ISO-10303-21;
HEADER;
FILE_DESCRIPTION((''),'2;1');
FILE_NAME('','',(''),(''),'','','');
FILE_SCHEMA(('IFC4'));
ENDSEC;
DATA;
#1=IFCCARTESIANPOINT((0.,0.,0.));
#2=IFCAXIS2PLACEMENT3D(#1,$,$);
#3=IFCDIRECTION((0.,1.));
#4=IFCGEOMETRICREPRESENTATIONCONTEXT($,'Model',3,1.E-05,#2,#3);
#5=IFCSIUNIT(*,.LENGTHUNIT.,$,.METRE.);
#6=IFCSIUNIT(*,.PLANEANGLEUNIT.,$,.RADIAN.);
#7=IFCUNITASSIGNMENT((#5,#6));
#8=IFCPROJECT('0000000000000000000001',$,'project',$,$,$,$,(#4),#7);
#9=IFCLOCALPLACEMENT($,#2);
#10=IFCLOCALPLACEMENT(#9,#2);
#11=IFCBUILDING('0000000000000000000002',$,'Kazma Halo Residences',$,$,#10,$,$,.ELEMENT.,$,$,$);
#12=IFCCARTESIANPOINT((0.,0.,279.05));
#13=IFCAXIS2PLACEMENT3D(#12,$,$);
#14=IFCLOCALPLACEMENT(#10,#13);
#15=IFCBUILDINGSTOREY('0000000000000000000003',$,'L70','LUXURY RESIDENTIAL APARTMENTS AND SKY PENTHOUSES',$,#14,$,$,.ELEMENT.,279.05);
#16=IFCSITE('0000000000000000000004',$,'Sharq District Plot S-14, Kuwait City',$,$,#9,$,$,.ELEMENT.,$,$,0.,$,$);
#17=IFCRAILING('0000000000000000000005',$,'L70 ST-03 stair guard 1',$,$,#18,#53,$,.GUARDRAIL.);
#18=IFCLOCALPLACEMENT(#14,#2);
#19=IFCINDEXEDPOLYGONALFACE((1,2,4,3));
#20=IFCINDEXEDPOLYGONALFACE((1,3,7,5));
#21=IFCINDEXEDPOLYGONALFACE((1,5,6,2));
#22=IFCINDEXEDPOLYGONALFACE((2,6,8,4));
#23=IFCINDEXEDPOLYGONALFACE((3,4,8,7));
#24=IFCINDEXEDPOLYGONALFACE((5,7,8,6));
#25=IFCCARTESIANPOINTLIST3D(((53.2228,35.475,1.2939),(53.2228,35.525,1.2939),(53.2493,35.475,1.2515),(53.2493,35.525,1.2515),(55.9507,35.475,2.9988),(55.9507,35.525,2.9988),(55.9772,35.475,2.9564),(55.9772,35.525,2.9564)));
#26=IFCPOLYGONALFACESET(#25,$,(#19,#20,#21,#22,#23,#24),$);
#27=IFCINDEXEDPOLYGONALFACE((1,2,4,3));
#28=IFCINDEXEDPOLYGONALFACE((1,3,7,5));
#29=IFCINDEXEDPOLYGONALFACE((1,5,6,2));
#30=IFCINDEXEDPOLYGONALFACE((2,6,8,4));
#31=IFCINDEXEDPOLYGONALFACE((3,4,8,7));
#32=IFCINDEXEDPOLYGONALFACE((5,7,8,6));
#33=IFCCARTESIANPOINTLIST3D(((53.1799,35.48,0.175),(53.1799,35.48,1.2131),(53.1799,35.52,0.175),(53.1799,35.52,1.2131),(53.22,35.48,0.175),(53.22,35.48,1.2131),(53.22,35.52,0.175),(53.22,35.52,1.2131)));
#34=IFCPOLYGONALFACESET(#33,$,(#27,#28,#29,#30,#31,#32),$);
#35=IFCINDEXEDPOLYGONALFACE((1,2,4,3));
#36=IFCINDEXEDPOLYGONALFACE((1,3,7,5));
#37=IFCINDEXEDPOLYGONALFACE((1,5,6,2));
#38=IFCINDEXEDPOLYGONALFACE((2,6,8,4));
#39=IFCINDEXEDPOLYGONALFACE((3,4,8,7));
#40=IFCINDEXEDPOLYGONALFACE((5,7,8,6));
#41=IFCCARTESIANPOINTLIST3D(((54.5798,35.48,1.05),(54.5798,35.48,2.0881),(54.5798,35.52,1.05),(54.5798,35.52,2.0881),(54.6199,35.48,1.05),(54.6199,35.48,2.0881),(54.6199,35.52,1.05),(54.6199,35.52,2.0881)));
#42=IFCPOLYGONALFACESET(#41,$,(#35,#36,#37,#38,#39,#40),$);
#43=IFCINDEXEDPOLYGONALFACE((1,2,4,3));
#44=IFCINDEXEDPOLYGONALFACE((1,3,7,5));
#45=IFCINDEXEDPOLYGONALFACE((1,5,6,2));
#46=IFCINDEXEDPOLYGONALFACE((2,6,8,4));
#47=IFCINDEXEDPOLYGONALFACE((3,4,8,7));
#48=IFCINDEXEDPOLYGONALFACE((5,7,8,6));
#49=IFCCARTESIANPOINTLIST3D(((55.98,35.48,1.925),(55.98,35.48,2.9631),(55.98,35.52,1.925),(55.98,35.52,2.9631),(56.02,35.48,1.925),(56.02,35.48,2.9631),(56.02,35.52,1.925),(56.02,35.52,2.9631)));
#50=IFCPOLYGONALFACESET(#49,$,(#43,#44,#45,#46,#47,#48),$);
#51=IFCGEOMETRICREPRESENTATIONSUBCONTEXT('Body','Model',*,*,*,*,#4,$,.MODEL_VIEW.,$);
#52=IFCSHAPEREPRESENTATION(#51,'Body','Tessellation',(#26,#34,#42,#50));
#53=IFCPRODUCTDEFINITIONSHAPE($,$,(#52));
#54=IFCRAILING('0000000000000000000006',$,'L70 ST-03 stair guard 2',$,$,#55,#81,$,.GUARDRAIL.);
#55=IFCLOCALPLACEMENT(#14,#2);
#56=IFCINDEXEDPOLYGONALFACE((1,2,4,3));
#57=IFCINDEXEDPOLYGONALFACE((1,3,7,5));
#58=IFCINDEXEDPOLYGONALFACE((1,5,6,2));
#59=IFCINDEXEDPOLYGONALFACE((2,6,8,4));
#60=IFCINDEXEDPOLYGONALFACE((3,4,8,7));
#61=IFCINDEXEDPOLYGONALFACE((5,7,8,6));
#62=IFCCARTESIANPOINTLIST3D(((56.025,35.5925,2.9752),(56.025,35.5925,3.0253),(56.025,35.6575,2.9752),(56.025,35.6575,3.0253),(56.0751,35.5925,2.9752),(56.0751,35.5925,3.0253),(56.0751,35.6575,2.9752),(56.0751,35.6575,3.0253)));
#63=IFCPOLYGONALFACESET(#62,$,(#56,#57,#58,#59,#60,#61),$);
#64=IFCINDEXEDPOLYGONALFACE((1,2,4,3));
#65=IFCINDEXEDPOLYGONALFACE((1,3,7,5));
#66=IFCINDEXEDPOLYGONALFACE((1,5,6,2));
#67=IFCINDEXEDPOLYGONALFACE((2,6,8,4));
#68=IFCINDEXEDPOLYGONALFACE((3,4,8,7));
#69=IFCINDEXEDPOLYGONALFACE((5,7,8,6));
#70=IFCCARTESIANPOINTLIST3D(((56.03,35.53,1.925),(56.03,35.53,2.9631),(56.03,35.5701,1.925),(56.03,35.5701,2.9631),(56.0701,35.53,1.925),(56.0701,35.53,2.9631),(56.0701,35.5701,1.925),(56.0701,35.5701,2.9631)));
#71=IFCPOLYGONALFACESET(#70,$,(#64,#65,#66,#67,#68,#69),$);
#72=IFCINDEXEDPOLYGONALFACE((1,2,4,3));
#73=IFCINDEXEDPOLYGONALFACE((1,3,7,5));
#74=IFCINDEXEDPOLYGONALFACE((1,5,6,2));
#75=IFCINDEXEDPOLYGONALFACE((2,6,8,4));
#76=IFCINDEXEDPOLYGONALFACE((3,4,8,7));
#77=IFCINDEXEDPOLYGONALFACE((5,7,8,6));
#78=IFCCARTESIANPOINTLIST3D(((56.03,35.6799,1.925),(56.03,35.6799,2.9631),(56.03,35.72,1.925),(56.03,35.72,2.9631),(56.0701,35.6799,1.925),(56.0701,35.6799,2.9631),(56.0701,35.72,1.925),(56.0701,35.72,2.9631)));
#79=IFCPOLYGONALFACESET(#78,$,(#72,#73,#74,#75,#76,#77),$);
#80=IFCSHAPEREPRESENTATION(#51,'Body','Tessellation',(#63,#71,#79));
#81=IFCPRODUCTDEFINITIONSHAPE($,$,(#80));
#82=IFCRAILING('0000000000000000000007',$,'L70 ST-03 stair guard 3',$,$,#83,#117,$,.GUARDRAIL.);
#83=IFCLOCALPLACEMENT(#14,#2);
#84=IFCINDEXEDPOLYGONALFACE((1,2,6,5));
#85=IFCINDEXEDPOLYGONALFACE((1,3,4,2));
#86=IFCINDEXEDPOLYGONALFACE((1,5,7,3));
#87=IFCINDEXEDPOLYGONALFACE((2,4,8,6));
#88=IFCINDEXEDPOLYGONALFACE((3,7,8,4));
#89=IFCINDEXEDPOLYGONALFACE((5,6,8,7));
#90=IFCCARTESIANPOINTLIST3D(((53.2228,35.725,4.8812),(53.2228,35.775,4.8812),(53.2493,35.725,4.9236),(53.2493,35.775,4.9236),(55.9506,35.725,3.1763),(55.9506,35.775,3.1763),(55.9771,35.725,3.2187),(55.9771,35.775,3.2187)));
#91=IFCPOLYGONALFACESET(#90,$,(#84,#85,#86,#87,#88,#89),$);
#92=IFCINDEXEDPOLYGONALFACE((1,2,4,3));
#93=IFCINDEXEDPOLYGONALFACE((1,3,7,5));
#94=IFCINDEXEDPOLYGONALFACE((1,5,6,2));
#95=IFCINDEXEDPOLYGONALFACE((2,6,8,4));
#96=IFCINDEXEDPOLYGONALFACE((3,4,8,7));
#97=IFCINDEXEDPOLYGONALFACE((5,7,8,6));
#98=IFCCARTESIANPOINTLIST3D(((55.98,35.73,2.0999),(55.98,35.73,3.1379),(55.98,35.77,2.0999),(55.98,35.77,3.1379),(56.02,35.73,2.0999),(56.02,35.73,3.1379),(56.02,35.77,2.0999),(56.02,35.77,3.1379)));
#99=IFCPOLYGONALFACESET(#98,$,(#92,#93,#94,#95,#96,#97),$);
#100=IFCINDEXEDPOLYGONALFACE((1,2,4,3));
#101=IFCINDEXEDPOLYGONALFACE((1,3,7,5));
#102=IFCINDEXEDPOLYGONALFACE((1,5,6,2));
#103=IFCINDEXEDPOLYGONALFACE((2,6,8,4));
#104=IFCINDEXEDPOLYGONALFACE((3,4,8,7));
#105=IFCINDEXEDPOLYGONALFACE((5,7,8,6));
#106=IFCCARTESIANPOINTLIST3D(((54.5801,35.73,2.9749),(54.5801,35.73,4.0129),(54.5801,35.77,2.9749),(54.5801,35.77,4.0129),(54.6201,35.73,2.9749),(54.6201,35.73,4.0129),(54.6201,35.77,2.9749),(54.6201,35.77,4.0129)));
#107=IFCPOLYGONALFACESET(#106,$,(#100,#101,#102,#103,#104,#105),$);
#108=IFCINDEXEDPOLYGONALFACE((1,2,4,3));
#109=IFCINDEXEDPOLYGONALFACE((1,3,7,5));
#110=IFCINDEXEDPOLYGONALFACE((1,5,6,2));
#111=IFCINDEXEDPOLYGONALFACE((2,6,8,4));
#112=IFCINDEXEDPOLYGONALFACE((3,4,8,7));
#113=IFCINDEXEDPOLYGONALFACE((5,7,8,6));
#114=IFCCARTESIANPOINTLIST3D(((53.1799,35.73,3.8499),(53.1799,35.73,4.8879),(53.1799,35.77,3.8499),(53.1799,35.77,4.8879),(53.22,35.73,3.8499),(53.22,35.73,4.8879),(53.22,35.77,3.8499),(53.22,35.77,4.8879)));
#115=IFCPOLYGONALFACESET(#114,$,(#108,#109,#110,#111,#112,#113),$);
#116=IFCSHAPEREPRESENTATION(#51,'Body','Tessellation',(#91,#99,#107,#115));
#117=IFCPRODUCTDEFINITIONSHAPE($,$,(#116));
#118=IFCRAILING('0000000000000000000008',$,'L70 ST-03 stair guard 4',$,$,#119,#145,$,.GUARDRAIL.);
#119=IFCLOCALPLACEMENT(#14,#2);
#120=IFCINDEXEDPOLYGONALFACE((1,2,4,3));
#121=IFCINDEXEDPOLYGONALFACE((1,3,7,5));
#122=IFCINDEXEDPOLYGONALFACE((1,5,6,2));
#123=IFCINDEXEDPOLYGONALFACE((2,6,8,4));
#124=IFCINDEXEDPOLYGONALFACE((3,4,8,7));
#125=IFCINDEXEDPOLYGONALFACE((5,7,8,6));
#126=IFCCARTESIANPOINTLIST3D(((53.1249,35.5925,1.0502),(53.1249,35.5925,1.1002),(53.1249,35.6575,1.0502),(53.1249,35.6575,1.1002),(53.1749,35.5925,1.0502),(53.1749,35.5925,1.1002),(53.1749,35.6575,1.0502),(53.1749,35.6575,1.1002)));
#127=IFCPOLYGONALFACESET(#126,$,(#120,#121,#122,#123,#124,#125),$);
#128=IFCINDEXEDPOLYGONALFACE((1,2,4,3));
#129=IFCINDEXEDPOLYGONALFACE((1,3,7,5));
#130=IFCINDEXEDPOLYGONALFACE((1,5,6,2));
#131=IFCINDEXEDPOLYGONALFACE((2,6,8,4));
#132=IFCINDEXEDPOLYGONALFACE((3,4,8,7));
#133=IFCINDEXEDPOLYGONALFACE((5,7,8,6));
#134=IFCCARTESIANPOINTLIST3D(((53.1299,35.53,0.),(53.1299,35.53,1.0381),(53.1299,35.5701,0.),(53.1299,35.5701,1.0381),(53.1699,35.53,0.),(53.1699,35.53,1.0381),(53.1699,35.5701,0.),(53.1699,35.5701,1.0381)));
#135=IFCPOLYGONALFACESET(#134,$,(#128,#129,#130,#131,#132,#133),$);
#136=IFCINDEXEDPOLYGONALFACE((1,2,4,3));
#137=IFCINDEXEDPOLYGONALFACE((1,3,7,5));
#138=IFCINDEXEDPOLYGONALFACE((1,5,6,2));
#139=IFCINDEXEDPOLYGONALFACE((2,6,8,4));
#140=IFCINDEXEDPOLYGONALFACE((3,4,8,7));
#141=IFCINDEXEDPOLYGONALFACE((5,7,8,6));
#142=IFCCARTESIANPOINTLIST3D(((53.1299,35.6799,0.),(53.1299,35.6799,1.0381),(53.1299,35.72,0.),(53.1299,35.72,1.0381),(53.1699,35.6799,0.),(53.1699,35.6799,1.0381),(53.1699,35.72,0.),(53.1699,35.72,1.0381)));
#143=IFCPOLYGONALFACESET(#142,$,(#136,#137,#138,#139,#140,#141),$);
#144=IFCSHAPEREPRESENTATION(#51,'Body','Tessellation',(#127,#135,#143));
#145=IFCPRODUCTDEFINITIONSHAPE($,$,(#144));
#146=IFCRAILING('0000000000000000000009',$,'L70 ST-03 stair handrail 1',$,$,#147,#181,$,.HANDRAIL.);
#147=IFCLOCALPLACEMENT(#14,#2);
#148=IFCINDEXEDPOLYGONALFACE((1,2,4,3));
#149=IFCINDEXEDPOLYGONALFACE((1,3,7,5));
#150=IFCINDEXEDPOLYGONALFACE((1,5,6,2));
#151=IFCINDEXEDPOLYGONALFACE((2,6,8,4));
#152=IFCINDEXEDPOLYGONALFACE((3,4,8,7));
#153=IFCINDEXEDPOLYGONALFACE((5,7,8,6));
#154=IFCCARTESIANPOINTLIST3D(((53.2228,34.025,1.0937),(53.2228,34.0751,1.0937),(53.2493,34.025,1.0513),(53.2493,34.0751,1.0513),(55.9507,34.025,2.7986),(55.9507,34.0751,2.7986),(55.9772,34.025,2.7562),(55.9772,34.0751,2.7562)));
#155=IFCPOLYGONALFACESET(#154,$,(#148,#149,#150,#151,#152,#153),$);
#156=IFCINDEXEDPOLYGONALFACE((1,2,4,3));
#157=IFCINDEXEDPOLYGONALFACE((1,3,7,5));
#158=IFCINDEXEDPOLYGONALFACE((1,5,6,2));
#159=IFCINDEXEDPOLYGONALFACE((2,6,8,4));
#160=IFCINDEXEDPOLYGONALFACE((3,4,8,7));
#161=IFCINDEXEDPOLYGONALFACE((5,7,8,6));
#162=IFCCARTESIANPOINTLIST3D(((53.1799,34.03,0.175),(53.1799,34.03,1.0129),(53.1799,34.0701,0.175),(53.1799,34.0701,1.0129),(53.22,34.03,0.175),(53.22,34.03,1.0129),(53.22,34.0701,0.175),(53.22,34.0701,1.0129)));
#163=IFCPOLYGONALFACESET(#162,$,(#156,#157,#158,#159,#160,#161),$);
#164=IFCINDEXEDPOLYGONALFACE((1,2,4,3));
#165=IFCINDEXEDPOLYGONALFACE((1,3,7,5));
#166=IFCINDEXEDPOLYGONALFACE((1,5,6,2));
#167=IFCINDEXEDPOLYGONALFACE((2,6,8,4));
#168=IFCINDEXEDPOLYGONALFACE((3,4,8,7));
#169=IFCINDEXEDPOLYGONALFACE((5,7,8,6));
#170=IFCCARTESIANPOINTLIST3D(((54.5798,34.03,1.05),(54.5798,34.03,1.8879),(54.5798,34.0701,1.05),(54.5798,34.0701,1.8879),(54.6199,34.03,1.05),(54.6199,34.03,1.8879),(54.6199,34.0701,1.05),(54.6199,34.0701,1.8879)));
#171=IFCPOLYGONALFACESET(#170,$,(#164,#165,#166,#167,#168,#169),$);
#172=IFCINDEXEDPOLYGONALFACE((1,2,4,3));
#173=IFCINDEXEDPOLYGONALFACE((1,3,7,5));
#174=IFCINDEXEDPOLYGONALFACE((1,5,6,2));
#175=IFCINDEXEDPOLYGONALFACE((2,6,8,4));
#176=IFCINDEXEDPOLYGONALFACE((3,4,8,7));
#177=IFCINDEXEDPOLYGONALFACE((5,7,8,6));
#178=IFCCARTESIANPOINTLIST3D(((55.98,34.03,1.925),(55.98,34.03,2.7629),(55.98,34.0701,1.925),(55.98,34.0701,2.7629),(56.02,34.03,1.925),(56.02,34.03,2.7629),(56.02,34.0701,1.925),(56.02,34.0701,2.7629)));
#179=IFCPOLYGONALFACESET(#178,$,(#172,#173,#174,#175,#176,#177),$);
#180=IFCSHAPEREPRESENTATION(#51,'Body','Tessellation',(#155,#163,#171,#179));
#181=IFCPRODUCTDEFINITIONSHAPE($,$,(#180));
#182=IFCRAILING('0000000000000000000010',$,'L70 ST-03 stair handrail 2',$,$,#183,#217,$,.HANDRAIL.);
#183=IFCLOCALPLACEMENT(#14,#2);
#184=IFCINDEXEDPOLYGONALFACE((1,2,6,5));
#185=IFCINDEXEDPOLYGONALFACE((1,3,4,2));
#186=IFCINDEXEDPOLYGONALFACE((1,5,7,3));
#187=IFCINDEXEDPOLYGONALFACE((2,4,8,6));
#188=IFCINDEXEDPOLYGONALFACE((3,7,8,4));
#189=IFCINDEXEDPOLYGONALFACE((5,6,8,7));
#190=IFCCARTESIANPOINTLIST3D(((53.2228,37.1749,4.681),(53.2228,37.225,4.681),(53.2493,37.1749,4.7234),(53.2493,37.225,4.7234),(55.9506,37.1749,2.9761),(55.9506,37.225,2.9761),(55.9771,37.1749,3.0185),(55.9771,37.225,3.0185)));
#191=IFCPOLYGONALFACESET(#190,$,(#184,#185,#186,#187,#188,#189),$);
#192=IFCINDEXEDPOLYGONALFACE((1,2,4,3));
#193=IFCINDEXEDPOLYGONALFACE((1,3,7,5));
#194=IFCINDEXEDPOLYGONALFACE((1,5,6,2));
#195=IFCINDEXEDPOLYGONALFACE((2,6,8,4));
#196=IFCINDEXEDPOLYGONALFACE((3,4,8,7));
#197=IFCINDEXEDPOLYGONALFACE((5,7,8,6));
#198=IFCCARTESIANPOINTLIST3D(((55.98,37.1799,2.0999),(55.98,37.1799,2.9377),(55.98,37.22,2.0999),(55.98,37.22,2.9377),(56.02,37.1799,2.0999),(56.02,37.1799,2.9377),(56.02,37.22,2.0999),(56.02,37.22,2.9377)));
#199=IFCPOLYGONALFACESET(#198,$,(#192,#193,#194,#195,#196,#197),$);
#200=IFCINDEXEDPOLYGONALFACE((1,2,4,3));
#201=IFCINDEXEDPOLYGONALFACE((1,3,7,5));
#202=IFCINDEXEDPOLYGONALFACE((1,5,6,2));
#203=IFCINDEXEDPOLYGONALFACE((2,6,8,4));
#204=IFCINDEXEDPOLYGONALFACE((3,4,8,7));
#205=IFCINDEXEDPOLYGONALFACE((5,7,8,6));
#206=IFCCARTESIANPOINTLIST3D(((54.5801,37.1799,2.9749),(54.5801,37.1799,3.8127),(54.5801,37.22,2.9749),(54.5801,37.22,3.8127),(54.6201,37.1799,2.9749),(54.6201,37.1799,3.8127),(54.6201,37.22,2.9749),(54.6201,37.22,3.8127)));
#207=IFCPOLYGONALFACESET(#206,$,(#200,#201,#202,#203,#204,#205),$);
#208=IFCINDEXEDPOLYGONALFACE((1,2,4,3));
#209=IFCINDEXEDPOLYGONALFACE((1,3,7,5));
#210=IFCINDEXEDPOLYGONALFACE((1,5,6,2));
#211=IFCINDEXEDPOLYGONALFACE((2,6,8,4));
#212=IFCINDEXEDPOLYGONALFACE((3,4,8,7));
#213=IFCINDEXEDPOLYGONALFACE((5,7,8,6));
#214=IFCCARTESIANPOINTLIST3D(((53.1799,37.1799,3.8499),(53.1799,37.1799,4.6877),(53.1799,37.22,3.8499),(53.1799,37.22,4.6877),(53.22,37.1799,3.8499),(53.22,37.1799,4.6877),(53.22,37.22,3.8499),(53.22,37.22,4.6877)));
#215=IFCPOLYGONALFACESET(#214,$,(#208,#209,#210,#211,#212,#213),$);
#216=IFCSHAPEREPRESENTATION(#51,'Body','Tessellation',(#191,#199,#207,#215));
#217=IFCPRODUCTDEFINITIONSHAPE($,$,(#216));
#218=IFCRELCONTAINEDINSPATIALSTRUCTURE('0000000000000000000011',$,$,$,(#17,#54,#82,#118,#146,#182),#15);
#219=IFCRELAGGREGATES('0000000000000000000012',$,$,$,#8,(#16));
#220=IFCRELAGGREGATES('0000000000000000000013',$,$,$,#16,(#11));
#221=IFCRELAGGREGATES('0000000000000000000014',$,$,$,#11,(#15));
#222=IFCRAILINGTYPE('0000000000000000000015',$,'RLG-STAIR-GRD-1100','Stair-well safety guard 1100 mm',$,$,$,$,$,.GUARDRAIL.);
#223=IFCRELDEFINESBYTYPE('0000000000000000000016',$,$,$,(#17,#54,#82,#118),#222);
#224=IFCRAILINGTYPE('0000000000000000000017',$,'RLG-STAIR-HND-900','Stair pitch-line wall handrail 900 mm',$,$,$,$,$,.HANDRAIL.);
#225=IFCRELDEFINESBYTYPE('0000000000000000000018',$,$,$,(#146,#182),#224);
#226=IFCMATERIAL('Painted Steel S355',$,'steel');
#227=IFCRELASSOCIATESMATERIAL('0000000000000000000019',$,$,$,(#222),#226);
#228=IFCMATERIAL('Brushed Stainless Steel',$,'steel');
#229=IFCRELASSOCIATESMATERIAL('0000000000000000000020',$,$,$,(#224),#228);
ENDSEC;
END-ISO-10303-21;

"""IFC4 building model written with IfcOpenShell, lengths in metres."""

from ifc_helpers import new_model, si_unit, direction, frame, origin, origin_2d, place, context, subcontext, project, spatial, rectangle, extrude, material, type_object, element, save


model = new_model("IFC4")

# Units and contexts
model_context = context("Model", 3, precision=1e-05, world=origin(), true_north=direction((0.0, 1.0)))
body_context = subcontext(model_context, "Body", "Model", "MODEL_VIEW")
ifc_project = project(units=[si_unit("LENGTHUNIT", "METRE"), si_unit("PLANEANGLEUNIT", "RADIAN")], contexts=[model_context])

# Site, building, storey
site_placement = place(None, origin())
site = spatial("IfcSite", under=ifc_project, at=site_placement, Name="Sharq District Plot S-14, Kuwait City", CompositionType="ELEMENT", RefElevation=0.0)
building_placement = place(site_placement, origin())
building = spatial("IfcBuilding", under=site, at=building_placement, Name="Kazma Halo Residences", CompositionType="ELEMENT")
storey_placement = place(building_placement, frame((0.0, 0.0, 279.05)))
storey = spatial("IfcBuildingStorey", under=building, at=storey_placement, Name="L70", Description="LUXURY RESIDENTIAL APARTMENTS AND SKY PENTHOUSES", CompositionType="ELEMENT", Elevation=279.05)

# Railings
ifc_material_1 = material(Name="Painted Steel S355", Category="steel")
railing_type_1 = type_object("IfcRailingType", Name="RLG-STAIR-GRD-1100", Description="Stair-well safety guard 1100 mm", PredefinedType="GUARDRAIL", material=ifc_material_1)
railing_1_placement = place(storey_placement, frame((53.2, 35.5, 0.175)))
element("IfcRailing", 1, at=railing_1_placement, inside=storey, type_object=railing_type_1, Name="L70 ST-03 stair guard 1", PredefinedType="GUARDRAIL", context=body_context, shape_type="SweptSolid", body=[
    extrude(rectangle(XDim=0.05, YDim=0.05, at=origin_2d()), frame((0.0361, 0.0, 1.0977), z_axis=(0.848002, 0.0, 0.529992), x_axis=(0.0, 1.0, 0.0)), (0.0, 0.0, 1.0), 3.2168),
    extrude(rectangle(XDim=0.04, YDim=0.04, at=origin_2d()), origin(), (0.0, 0.0, 1.0), 1.0381),
    extrude(rectangle(XDim=0.04, YDim=0.04, at=origin_2d()), frame((1.3999, 0.0, 0.875)), (0.0, 0.0, 1.0), 1.0381),
    extrude(rectangle(XDim=0.04, YDim=0.04, at=origin_2d()), frame((2.8, 0.0, 1.75)), (0.0, 0.0, 1.0), 1.0381),
])
railing_2_placement = place(storey_placement, frame((56.05, 35.55, 1.925)))
element("IfcRailing", 2, at=railing_2_placement, inside=storey, type_object=railing_type_1, Name="L70 ST-03 stair guard 2", PredefinedType="GUARDRAIL", context=body_context, shape_type="SweptSolid", body=[
    extrude(rectangle(XDim=0.05, YDim=0.05, at=origin_2d()), frame((0.0, 0.0425, 1.0752), z_axis=(0.0, 1.0, 0.0), x_axis=(-1.0, 0.0, 0.0)), (0.0, 0.0, 1.0), 0.0649),
    extrude(rectangle(XDim=0.04, YDim=0.04, at=origin_2d()), origin(), (0.0, 0.0, 1.0), 1.0381),
    extrude(rectangle(XDim=0.04, YDim=0.04, at=origin_2d()), frame((0.0, 0.1499, 0.0)), (0.0, 0.0, 1.0), 1.0381),
])
railing_3_placement = place(storey_placement, frame((56.0, 35.75, 2.0999)))
element("IfcRailing", 3, at=railing_3_placement, inside=storey, type_object=railing_type_1, Name="L70 ST-03 stair guard 3", PredefinedType="GUARDRAIL", context=body_context, shape_type="SweptSolid", body=[
    extrude(rectangle(XDim=0.05, YDim=0.05, at=origin_2d()), frame((-0.0361, 0.0, 1.0977), z_axis=(-0.848002, 0.0, 0.529992), x_axis=(0.0, -1.0, 0.0)), (0.0, 0.0, 1.0), 3.2168),
    extrude(rectangle(XDim=0.04, YDim=0.04, at=origin_2d()), origin(), (0.0, 0.0, 1.0), 1.0381),
    extrude(rectangle(XDim=0.04, YDim=0.04, at=origin_2d()), frame((-1.3999, 0.0, 0.875)), (0.0, 0.0, 1.0), 1.0381),
    extrude(rectangle(XDim=0.04, YDim=0.04, at=origin_2d()), frame((-2.8, 0.0, 1.75)), (0.0, 0.0, 1.0), 1.0381),
])
railing_4_placement = place(storey_placement, frame((53.1499, 35.55, 0.0)))
element("IfcRailing", 4, at=railing_4_placement, inside=storey, type_object=railing_type_1, Name="L70 ST-03 stair guard 4", PredefinedType="GUARDRAIL", context=body_context, shape_type="SweptSolid", body=[
    extrude(rectangle(XDim=0.05, YDim=0.05, at=origin_2d()), frame((0.0, 0.0425, 1.0752), z_axis=(0.0, 1.0, 0.0), x_axis=(-1.0, 0.0, 0.0)), (0.0, 0.0, 1.0), 0.0649),
    extrude(rectangle(XDim=0.04, YDim=0.04, at=origin_2d()), origin(), (0.0, 0.0, 1.0), 1.0381),
    extrude(rectangle(XDim=0.04, YDim=0.04, at=origin_2d()), frame((0.0, 0.1499, 0.0)), (0.0, 0.0, 1.0), 1.0381),
])
ifc_material_2 = material(Name="Brushed Stainless Steel", Category="steel")
railing_type_2 = type_object("IfcRailingType", Name="RLG-STAIR-HND-900", Description="Stair pitch-line wall handrail 900 mm", PredefinedType="HANDRAIL", material=ifc_material_2)
railing_5_placement = place(storey_placement, frame((53.2, 34.05, 0.175)))
element("IfcRailing", 5, at=railing_5_placement, inside=storey, type_object=railing_type_2, Name="L70 ST-03 stair handrail 1", PredefinedType="HANDRAIL", context=body_context, shape_type="SweptSolid", body=[
    extrude(rectangle(XDim=0.05, YDim=0.05, at=origin_2d()), frame((0.0361, 0.0, 0.8975), z_axis=(0.848002, 0.0, 0.529992), x_axis=(0.0, 1.0, 0.0)), (0.0, 0.0, 1.0), 3.2168),
    extrude(rectangle(XDim=0.04, YDim=0.04, at=origin_2d()), origin(), (0.0, 0.0, 1.0), 0.8379),
    extrude(rectangle(XDim=0.04, YDim=0.04, at=origin_2d()), frame((1.3999, 0.0, 0.875)), (0.0, 0.0, 1.0), 0.8379),
    extrude(rectangle(XDim=0.04, YDim=0.04, at=origin_2d()), frame((2.8, 0.0, 1.75)), (0.0, 0.0, 1.0), 0.8379),
])
railing_6_placement = place(storey_placement, frame((56.0, 37.2, 2.0999)))
element("IfcRailing", 6, at=railing_6_placement, inside=storey, type_object=railing_type_2, Name="L70 ST-03 stair handrail 2", PredefinedType="HANDRAIL", context=body_context, shape_type="SweptSolid", body=[
    extrude(rectangle(XDim=0.05, YDim=0.05, at=origin_2d()), frame((-0.0361, 0.0, 0.8975), z_axis=(-0.848002, 0.0, 0.529992), x_axis=(0.0, -1.0, 0.0)), (0.0, 0.0, 1.0), 3.2168),
    extrude(rectangle(XDim=0.04, YDim=0.04, at=origin_2d()), origin(), (0.0, 0.0, 1.0), 0.8379),
    extrude(rectangle(XDim=0.04, YDim=0.04, at=origin_2d()), frame((-1.3999, 0.0, 0.875)), (0.0, 0.0, 1.0), 0.8379),
    extrude(rectangle(XDim=0.04, YDim=0.04, at=origin_2d()), frame((-2.8, 0.0, 1.75)), (0.0, 0.0, 1.0), 0.8379),
])

save(model, "model.ifc")
